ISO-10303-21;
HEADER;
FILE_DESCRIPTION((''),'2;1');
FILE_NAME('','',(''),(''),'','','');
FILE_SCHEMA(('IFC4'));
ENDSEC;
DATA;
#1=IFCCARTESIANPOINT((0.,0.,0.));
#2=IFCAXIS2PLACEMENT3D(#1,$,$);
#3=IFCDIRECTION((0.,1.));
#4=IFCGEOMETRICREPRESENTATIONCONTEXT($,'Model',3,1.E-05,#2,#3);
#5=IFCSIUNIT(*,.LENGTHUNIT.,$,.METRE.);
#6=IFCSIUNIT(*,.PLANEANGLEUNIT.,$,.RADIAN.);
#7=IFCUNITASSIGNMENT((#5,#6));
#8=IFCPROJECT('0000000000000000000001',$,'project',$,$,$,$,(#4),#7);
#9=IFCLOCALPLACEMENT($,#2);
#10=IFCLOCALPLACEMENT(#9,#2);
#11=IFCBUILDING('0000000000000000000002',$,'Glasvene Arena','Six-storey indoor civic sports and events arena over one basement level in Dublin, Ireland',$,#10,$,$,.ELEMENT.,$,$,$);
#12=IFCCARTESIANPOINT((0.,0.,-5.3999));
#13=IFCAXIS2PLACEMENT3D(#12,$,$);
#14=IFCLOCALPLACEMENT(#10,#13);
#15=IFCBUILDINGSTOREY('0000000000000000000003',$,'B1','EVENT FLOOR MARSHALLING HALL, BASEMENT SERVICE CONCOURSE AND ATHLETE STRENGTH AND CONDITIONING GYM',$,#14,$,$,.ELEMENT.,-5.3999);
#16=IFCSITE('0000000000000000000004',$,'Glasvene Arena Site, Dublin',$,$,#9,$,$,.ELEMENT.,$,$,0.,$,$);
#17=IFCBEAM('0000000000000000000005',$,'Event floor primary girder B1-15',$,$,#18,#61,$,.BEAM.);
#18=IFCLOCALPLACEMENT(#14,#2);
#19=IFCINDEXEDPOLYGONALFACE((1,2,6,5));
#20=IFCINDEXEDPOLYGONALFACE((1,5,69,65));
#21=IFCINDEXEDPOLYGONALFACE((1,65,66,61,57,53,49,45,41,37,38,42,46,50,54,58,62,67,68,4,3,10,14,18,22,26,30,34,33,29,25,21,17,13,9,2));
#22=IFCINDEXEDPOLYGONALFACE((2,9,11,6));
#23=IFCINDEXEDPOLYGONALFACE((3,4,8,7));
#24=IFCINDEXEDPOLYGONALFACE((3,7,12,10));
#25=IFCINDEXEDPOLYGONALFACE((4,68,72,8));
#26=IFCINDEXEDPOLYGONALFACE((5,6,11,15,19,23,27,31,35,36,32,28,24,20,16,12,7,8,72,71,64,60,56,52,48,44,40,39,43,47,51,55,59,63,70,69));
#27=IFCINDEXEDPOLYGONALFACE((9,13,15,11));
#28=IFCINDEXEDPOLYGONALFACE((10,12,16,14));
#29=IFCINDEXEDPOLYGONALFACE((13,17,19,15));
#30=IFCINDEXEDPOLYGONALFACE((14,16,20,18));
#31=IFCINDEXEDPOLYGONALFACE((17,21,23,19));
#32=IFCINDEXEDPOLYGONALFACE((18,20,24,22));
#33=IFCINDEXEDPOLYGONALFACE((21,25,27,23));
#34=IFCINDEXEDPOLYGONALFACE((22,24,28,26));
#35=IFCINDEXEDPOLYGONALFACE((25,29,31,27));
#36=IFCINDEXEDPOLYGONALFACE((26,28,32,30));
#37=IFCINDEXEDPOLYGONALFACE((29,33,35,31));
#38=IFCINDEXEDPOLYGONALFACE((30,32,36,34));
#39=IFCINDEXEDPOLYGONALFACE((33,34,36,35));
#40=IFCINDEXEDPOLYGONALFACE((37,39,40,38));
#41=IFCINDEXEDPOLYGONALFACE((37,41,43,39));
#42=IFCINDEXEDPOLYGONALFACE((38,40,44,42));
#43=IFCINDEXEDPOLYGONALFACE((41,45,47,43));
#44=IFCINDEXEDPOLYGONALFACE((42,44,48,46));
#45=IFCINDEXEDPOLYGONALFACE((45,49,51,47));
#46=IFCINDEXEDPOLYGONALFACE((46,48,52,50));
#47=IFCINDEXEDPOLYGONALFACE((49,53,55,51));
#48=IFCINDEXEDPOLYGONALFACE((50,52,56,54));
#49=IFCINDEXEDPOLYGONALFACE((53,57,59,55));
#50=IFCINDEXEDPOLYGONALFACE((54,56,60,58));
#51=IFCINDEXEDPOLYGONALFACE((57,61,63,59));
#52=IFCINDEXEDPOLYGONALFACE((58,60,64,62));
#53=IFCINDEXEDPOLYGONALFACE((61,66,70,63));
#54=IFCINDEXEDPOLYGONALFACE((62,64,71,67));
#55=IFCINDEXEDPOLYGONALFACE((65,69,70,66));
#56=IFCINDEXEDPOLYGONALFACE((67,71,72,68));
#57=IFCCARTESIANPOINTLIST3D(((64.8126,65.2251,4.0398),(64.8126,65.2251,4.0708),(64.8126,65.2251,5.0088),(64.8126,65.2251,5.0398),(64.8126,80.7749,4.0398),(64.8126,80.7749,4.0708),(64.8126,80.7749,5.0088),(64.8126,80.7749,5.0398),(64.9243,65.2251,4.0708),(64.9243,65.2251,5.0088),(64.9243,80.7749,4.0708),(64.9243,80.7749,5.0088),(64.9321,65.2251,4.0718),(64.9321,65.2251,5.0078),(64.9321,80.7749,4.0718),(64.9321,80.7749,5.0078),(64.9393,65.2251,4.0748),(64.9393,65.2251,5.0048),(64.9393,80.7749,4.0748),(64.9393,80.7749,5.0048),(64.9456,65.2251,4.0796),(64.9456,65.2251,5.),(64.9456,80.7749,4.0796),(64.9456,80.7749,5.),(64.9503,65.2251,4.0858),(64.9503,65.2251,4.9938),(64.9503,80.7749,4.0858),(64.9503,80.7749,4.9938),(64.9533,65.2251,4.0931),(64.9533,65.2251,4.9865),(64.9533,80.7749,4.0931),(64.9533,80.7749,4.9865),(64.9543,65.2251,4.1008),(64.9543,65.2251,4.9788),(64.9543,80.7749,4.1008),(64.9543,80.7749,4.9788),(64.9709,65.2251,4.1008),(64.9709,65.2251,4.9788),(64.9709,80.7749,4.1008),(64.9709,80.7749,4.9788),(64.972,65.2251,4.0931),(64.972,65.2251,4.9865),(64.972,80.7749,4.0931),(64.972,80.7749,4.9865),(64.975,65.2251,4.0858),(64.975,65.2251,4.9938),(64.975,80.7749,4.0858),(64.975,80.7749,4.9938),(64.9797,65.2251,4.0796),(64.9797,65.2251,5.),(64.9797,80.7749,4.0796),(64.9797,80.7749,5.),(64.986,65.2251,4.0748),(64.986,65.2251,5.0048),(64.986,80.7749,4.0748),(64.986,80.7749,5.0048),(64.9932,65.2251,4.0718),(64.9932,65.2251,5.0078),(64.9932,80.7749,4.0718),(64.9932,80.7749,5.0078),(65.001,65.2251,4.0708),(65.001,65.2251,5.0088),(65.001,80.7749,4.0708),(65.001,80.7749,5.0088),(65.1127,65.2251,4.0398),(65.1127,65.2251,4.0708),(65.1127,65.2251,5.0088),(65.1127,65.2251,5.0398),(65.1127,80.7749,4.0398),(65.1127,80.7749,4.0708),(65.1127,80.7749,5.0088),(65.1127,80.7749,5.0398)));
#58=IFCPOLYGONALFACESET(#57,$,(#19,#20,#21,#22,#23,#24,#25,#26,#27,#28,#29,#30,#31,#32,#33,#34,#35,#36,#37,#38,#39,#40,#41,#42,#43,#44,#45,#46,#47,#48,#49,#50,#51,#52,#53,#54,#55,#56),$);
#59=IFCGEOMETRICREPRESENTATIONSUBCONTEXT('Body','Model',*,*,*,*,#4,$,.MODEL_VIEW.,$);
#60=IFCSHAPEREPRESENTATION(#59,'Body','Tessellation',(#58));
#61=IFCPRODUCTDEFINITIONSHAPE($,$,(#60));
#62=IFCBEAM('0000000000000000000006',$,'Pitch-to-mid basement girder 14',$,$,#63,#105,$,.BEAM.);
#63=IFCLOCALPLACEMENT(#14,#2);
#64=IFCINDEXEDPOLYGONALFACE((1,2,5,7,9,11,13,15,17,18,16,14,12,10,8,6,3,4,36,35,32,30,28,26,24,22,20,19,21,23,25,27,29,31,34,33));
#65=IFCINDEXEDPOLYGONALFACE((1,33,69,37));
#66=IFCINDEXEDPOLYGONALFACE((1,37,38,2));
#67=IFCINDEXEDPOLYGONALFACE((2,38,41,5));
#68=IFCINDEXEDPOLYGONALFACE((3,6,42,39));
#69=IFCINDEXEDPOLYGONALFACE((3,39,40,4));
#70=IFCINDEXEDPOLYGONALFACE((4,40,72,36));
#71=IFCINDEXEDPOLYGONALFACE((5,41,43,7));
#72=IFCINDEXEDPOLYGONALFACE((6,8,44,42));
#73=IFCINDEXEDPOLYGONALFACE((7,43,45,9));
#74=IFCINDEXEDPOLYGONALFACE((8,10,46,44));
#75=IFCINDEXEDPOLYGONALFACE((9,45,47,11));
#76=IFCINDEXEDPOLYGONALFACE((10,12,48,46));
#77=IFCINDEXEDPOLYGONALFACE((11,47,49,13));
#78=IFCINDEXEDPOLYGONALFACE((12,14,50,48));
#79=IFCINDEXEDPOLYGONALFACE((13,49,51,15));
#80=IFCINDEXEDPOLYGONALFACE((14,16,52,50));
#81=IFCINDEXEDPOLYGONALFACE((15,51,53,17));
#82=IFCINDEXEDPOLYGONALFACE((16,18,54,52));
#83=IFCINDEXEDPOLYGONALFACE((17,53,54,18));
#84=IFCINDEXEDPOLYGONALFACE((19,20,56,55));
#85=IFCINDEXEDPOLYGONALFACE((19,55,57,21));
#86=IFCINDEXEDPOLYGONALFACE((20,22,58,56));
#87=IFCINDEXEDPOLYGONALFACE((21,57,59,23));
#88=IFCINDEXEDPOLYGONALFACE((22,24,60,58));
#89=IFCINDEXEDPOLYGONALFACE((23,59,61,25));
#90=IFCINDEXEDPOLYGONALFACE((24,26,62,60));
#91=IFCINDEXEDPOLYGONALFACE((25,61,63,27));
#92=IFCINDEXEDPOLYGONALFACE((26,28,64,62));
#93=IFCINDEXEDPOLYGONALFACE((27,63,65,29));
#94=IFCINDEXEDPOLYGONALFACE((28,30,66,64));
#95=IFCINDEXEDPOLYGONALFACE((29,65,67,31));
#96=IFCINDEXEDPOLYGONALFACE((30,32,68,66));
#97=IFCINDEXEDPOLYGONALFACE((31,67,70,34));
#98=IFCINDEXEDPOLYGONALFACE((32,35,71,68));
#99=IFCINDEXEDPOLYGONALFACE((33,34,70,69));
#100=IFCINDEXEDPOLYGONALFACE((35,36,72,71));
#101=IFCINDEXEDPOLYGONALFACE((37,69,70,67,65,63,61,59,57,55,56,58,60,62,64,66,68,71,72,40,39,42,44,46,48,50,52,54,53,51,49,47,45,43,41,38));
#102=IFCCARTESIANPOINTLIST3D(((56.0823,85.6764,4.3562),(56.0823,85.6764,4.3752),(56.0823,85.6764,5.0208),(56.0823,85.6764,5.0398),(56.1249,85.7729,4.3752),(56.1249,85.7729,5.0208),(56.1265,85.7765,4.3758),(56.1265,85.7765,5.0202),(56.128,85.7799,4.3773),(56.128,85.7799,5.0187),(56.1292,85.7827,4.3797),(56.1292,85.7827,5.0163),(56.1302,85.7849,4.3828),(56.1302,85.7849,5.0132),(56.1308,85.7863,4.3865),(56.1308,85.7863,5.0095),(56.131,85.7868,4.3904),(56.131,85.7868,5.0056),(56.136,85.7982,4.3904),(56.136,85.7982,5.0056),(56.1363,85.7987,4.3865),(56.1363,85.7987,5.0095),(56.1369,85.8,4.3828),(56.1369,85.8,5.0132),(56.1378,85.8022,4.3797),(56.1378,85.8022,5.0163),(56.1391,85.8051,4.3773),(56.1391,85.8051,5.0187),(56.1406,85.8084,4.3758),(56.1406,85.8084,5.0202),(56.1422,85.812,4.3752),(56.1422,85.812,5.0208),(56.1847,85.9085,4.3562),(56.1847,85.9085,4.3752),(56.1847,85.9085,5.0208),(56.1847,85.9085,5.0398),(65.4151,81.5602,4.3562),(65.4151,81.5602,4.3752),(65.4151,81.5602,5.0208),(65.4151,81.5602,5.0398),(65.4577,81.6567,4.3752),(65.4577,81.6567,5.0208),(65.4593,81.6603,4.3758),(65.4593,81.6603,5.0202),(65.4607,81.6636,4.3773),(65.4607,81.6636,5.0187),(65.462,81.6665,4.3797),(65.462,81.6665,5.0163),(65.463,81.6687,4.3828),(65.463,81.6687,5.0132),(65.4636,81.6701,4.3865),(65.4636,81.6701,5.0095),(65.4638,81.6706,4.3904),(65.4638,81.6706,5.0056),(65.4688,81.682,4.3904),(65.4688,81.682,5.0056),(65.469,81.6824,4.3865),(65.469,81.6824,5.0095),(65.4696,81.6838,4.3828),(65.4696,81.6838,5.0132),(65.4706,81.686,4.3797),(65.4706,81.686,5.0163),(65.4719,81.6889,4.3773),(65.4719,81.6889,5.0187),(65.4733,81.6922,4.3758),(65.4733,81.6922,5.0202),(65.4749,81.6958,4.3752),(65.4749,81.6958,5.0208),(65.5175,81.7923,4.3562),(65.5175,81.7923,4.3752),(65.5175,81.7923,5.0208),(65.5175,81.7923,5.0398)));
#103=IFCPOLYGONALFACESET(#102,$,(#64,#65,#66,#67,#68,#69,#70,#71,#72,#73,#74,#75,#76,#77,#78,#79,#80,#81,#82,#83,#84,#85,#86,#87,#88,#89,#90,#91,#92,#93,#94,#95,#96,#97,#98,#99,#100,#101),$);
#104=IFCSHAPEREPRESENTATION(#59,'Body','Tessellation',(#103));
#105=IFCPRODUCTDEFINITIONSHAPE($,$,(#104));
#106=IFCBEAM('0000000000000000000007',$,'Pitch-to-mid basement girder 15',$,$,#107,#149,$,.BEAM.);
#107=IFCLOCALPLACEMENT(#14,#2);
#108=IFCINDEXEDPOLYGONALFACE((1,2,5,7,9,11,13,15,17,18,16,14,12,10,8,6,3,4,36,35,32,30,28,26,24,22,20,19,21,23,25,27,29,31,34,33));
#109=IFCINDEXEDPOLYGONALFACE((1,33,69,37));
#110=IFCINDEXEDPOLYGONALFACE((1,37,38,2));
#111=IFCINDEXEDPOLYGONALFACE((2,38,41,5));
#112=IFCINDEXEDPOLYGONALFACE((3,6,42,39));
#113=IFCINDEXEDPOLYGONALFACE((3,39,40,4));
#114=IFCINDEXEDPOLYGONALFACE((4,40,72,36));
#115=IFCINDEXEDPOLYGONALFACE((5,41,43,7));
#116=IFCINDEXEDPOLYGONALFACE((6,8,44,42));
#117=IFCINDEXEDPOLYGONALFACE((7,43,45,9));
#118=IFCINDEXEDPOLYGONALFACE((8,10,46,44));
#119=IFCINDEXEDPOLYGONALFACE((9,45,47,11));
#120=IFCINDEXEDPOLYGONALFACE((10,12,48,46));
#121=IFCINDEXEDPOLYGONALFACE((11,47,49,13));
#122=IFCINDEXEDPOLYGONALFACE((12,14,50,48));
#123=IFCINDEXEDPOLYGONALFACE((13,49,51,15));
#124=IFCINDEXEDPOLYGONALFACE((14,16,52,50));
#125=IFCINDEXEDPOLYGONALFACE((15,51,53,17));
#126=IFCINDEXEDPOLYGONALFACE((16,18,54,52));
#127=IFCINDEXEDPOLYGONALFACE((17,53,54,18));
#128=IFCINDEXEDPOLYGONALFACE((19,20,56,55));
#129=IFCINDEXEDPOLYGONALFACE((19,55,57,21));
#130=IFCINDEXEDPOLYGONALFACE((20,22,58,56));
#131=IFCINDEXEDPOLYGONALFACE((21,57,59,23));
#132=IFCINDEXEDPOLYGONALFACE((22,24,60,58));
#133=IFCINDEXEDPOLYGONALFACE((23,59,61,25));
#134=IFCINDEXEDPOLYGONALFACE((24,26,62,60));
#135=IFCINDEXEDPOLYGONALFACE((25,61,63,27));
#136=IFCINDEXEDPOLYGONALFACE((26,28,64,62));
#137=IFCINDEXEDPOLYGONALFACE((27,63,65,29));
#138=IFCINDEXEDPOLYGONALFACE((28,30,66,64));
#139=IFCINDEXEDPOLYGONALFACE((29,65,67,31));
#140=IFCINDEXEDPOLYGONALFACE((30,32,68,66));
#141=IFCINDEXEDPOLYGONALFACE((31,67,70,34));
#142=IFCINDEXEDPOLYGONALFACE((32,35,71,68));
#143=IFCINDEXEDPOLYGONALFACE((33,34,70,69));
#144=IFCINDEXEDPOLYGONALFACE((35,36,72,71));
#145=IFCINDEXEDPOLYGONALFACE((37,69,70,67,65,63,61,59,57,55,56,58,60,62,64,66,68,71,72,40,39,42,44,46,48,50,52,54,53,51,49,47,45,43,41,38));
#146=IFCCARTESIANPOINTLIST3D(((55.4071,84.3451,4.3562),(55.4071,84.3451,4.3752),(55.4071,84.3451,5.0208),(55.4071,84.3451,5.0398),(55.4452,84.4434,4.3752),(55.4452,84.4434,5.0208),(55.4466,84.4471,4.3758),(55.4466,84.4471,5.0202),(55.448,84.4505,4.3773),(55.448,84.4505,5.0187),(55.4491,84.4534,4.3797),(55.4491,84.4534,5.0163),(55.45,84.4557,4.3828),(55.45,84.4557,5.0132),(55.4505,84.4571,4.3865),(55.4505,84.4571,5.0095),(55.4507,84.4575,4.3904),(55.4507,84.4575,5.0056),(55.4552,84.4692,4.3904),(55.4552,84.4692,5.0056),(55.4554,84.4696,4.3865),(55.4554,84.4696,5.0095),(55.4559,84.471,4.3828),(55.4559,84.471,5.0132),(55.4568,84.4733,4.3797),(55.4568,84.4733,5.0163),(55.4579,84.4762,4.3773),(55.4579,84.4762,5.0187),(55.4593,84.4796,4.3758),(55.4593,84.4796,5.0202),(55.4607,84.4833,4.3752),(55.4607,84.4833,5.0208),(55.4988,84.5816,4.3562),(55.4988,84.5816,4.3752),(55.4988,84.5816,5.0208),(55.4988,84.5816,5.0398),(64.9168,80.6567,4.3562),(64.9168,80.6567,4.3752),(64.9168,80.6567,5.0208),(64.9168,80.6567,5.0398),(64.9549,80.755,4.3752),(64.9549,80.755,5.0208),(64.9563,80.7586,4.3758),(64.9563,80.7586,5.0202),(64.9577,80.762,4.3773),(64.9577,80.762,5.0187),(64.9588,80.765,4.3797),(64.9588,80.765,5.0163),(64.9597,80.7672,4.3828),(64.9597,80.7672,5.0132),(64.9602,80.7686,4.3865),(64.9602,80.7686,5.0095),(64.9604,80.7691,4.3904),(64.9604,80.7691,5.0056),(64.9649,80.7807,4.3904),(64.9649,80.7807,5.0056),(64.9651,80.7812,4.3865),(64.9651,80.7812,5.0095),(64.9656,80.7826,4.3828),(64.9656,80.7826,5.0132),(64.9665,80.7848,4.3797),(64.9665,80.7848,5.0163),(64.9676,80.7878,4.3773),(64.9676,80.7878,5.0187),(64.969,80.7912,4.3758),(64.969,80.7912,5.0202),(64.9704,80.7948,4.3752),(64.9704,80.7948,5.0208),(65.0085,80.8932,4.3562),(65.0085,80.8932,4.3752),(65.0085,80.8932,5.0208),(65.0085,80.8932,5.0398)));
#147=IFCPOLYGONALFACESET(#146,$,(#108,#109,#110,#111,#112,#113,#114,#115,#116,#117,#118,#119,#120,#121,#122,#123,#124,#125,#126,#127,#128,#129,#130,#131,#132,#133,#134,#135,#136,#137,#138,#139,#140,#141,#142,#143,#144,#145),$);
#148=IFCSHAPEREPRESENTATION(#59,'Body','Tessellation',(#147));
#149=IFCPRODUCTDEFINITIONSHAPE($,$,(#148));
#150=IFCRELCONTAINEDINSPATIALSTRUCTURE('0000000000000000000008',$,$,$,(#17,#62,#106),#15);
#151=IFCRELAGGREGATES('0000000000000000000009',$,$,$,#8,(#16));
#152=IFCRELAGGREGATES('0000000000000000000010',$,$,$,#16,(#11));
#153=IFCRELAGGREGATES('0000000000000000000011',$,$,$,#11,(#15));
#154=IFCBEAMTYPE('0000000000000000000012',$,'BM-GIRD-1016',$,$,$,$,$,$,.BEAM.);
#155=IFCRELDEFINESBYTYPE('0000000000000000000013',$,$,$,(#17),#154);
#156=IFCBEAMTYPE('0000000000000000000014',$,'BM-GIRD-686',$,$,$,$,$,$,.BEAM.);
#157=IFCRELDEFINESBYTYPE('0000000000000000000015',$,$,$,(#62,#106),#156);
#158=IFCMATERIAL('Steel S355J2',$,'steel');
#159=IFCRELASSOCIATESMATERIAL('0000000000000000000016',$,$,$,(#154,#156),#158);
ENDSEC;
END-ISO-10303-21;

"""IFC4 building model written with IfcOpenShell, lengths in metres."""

from ifc_helpers import new_model, si_unit, direction, frame, origin, origin_2d, place, context, subcontext, project, spatial, i_section, extrude, material, material_profile, profile_set, type_object, element, save


model = new_model("IFC4")

# Units and contexts
model_context = context("Model", 3, precision=1e-05, world=origin(), true_north=direction((0.0, 1.0)))
body_context = subcontext(model_context, "Body", "Model", "MODEL_VIEW")
ifc_project = project(units=[si_unit("LENGTHUNIT", "METRE"), si_unit("PLANEANGLEUNIT", "RADIAN")], contexts=[model_context])

# Site, building, storey
site_placement = place(None, origin())
site = spatial("IfcSite", under=ifc_project, at=site_placement, Name="Glasvene Arena Site, Dublin", CompositionType="ELEMENT", RefElevation=0.0)
building_placement = place(site_placement, origin())
building = spatial("IfcBuilding", under=site, at=building_placement, Name="Glasvene Arena", Description="Six-storey indoor civic sports and events arena over one basement level in Dublin, Ireland", CompositionType="ELEMENT")
storey_placement = place(building_placement, frame((0.0, 0.0, -5.3999)))
storey = spatial("IfcBuildingStorey", under=building, at=storey_placement, Name="B1", Description="EVENT FLOOR MARSHALLING HALL, BASEMENT SERVICE CONCOURSE AND ATHLETE STRENGTH AND CONDITIONING GYM", CompositionType="ELEMENT", Elevation=-5.3999)

# Shared definitions
ifc_material_1 = material(Name="Steel S355J2", Category="steel")

# Beams
ifc_material_profile_1 = material_profile(ifc_material_1, i_section(OverallWidth=0.3, OverallDepth=1.0, WebThickness=0.0166, FlangeThickness=0.031, FilletRadius=0.03, at=origin_2d()), Name="UKB 1016x305x272")
ifc_profile_set_1 = profile_set([ifc_material_profile_1], Name="Steel S355J2")
beam_type_1 = type_object("IfcBeamType", Name="BM-GIRD-1016", PredefinedType="BEAM", material=ifc_profile_set_1)
beam_1_placement = place(storey_placement, frame((64.9626, 80.7749, 4.5398), z_axis=(0.0, -1.0, 0.0), x_axis=(1.0, 0.0, 0.0)))
element("IfcBeam", 1, at=beam_1_placement, inside=storey, type_object=beam_type_1, Name="Event floor primary girder B1-15", PredefinedType="BEAM", context=body_context, shape_type="SweptSolid", body=[
    extrude(i_section(OverallWidth=0.3, OverallDepth=1.0, WebThickness=0.0166, FlangeThickness=0.031, FilletRadius=0.03, at=origin_2d()), origin(), (0.0, 0.0, 1.0), 15.5498),
])
ifc_material_profile_2 = material_profile(ifc_material_1, i_section(OverallWidth=0.2537, OverallDepth=0.6836, WebThickness=0.0125, FlangeThickness=0.019, FilletRadius=0.0151, at=origin_2d()), Name="UKB 686x254x140")
ifc_profile_set_2 = profile_set([ifc_material_profile_2], Name="Steel S355J2")
beam_type_2 = type_object("IfcBeamType", Name="BM-GIRD-686", PredefinedType="BEAM", material=ifc_profile_set_2)
beam_2_placement = place(storey_placement, frame((65.4663, 81.6763, 4.698), z_axis=(-0.914961, 0.403543, 0.0), x_axis=(-0.403543, -0.914961, 0.0)))
element("IfcBeam", 2, at=beam_2_placement, inside=storey, type_object=beam_type_2, Name="Pitch-to-mid basement girder 14", PredefinedType="BEAM", context=body_context, shape_type="SweptSolid", body=[
    extrude(i_section(OverallWidth=0.2537, OverallDepth=0.6836, WebThickness=0.0125, FlangeThickness=0.019, FilletRadius=0.0151, at=origin_2d()), origin(), (0.0, 0.0, 1.0), 10.2002),
])
beam_3_placement = place(storey_placement, frame((64.9626, 80.7749, 4.698), z_axis=(-0.932328, 0.361614, 0.0), x_axis=(-0.361614, -0.932328, 0.0)))
element("IfcBeam", 3, at=beam_3_placement, inside=storey, type_object=beam_type_2, Name="Pitch-to-mid basement girder 15", PredefinedType="BEAM", context=body_context, shape_type="SweptSolid", body=[
    extrude(i_section(OverallWidth=0.2537, OverallDepth=0.6836, WebThickness=0.0125, FlangeThickness=0.019, FilletRadius=0.0151, at=origin_2d()), origin(), (0.0, 0.0, 1.0), 10.2),
])

save(model, "model.ifc")
